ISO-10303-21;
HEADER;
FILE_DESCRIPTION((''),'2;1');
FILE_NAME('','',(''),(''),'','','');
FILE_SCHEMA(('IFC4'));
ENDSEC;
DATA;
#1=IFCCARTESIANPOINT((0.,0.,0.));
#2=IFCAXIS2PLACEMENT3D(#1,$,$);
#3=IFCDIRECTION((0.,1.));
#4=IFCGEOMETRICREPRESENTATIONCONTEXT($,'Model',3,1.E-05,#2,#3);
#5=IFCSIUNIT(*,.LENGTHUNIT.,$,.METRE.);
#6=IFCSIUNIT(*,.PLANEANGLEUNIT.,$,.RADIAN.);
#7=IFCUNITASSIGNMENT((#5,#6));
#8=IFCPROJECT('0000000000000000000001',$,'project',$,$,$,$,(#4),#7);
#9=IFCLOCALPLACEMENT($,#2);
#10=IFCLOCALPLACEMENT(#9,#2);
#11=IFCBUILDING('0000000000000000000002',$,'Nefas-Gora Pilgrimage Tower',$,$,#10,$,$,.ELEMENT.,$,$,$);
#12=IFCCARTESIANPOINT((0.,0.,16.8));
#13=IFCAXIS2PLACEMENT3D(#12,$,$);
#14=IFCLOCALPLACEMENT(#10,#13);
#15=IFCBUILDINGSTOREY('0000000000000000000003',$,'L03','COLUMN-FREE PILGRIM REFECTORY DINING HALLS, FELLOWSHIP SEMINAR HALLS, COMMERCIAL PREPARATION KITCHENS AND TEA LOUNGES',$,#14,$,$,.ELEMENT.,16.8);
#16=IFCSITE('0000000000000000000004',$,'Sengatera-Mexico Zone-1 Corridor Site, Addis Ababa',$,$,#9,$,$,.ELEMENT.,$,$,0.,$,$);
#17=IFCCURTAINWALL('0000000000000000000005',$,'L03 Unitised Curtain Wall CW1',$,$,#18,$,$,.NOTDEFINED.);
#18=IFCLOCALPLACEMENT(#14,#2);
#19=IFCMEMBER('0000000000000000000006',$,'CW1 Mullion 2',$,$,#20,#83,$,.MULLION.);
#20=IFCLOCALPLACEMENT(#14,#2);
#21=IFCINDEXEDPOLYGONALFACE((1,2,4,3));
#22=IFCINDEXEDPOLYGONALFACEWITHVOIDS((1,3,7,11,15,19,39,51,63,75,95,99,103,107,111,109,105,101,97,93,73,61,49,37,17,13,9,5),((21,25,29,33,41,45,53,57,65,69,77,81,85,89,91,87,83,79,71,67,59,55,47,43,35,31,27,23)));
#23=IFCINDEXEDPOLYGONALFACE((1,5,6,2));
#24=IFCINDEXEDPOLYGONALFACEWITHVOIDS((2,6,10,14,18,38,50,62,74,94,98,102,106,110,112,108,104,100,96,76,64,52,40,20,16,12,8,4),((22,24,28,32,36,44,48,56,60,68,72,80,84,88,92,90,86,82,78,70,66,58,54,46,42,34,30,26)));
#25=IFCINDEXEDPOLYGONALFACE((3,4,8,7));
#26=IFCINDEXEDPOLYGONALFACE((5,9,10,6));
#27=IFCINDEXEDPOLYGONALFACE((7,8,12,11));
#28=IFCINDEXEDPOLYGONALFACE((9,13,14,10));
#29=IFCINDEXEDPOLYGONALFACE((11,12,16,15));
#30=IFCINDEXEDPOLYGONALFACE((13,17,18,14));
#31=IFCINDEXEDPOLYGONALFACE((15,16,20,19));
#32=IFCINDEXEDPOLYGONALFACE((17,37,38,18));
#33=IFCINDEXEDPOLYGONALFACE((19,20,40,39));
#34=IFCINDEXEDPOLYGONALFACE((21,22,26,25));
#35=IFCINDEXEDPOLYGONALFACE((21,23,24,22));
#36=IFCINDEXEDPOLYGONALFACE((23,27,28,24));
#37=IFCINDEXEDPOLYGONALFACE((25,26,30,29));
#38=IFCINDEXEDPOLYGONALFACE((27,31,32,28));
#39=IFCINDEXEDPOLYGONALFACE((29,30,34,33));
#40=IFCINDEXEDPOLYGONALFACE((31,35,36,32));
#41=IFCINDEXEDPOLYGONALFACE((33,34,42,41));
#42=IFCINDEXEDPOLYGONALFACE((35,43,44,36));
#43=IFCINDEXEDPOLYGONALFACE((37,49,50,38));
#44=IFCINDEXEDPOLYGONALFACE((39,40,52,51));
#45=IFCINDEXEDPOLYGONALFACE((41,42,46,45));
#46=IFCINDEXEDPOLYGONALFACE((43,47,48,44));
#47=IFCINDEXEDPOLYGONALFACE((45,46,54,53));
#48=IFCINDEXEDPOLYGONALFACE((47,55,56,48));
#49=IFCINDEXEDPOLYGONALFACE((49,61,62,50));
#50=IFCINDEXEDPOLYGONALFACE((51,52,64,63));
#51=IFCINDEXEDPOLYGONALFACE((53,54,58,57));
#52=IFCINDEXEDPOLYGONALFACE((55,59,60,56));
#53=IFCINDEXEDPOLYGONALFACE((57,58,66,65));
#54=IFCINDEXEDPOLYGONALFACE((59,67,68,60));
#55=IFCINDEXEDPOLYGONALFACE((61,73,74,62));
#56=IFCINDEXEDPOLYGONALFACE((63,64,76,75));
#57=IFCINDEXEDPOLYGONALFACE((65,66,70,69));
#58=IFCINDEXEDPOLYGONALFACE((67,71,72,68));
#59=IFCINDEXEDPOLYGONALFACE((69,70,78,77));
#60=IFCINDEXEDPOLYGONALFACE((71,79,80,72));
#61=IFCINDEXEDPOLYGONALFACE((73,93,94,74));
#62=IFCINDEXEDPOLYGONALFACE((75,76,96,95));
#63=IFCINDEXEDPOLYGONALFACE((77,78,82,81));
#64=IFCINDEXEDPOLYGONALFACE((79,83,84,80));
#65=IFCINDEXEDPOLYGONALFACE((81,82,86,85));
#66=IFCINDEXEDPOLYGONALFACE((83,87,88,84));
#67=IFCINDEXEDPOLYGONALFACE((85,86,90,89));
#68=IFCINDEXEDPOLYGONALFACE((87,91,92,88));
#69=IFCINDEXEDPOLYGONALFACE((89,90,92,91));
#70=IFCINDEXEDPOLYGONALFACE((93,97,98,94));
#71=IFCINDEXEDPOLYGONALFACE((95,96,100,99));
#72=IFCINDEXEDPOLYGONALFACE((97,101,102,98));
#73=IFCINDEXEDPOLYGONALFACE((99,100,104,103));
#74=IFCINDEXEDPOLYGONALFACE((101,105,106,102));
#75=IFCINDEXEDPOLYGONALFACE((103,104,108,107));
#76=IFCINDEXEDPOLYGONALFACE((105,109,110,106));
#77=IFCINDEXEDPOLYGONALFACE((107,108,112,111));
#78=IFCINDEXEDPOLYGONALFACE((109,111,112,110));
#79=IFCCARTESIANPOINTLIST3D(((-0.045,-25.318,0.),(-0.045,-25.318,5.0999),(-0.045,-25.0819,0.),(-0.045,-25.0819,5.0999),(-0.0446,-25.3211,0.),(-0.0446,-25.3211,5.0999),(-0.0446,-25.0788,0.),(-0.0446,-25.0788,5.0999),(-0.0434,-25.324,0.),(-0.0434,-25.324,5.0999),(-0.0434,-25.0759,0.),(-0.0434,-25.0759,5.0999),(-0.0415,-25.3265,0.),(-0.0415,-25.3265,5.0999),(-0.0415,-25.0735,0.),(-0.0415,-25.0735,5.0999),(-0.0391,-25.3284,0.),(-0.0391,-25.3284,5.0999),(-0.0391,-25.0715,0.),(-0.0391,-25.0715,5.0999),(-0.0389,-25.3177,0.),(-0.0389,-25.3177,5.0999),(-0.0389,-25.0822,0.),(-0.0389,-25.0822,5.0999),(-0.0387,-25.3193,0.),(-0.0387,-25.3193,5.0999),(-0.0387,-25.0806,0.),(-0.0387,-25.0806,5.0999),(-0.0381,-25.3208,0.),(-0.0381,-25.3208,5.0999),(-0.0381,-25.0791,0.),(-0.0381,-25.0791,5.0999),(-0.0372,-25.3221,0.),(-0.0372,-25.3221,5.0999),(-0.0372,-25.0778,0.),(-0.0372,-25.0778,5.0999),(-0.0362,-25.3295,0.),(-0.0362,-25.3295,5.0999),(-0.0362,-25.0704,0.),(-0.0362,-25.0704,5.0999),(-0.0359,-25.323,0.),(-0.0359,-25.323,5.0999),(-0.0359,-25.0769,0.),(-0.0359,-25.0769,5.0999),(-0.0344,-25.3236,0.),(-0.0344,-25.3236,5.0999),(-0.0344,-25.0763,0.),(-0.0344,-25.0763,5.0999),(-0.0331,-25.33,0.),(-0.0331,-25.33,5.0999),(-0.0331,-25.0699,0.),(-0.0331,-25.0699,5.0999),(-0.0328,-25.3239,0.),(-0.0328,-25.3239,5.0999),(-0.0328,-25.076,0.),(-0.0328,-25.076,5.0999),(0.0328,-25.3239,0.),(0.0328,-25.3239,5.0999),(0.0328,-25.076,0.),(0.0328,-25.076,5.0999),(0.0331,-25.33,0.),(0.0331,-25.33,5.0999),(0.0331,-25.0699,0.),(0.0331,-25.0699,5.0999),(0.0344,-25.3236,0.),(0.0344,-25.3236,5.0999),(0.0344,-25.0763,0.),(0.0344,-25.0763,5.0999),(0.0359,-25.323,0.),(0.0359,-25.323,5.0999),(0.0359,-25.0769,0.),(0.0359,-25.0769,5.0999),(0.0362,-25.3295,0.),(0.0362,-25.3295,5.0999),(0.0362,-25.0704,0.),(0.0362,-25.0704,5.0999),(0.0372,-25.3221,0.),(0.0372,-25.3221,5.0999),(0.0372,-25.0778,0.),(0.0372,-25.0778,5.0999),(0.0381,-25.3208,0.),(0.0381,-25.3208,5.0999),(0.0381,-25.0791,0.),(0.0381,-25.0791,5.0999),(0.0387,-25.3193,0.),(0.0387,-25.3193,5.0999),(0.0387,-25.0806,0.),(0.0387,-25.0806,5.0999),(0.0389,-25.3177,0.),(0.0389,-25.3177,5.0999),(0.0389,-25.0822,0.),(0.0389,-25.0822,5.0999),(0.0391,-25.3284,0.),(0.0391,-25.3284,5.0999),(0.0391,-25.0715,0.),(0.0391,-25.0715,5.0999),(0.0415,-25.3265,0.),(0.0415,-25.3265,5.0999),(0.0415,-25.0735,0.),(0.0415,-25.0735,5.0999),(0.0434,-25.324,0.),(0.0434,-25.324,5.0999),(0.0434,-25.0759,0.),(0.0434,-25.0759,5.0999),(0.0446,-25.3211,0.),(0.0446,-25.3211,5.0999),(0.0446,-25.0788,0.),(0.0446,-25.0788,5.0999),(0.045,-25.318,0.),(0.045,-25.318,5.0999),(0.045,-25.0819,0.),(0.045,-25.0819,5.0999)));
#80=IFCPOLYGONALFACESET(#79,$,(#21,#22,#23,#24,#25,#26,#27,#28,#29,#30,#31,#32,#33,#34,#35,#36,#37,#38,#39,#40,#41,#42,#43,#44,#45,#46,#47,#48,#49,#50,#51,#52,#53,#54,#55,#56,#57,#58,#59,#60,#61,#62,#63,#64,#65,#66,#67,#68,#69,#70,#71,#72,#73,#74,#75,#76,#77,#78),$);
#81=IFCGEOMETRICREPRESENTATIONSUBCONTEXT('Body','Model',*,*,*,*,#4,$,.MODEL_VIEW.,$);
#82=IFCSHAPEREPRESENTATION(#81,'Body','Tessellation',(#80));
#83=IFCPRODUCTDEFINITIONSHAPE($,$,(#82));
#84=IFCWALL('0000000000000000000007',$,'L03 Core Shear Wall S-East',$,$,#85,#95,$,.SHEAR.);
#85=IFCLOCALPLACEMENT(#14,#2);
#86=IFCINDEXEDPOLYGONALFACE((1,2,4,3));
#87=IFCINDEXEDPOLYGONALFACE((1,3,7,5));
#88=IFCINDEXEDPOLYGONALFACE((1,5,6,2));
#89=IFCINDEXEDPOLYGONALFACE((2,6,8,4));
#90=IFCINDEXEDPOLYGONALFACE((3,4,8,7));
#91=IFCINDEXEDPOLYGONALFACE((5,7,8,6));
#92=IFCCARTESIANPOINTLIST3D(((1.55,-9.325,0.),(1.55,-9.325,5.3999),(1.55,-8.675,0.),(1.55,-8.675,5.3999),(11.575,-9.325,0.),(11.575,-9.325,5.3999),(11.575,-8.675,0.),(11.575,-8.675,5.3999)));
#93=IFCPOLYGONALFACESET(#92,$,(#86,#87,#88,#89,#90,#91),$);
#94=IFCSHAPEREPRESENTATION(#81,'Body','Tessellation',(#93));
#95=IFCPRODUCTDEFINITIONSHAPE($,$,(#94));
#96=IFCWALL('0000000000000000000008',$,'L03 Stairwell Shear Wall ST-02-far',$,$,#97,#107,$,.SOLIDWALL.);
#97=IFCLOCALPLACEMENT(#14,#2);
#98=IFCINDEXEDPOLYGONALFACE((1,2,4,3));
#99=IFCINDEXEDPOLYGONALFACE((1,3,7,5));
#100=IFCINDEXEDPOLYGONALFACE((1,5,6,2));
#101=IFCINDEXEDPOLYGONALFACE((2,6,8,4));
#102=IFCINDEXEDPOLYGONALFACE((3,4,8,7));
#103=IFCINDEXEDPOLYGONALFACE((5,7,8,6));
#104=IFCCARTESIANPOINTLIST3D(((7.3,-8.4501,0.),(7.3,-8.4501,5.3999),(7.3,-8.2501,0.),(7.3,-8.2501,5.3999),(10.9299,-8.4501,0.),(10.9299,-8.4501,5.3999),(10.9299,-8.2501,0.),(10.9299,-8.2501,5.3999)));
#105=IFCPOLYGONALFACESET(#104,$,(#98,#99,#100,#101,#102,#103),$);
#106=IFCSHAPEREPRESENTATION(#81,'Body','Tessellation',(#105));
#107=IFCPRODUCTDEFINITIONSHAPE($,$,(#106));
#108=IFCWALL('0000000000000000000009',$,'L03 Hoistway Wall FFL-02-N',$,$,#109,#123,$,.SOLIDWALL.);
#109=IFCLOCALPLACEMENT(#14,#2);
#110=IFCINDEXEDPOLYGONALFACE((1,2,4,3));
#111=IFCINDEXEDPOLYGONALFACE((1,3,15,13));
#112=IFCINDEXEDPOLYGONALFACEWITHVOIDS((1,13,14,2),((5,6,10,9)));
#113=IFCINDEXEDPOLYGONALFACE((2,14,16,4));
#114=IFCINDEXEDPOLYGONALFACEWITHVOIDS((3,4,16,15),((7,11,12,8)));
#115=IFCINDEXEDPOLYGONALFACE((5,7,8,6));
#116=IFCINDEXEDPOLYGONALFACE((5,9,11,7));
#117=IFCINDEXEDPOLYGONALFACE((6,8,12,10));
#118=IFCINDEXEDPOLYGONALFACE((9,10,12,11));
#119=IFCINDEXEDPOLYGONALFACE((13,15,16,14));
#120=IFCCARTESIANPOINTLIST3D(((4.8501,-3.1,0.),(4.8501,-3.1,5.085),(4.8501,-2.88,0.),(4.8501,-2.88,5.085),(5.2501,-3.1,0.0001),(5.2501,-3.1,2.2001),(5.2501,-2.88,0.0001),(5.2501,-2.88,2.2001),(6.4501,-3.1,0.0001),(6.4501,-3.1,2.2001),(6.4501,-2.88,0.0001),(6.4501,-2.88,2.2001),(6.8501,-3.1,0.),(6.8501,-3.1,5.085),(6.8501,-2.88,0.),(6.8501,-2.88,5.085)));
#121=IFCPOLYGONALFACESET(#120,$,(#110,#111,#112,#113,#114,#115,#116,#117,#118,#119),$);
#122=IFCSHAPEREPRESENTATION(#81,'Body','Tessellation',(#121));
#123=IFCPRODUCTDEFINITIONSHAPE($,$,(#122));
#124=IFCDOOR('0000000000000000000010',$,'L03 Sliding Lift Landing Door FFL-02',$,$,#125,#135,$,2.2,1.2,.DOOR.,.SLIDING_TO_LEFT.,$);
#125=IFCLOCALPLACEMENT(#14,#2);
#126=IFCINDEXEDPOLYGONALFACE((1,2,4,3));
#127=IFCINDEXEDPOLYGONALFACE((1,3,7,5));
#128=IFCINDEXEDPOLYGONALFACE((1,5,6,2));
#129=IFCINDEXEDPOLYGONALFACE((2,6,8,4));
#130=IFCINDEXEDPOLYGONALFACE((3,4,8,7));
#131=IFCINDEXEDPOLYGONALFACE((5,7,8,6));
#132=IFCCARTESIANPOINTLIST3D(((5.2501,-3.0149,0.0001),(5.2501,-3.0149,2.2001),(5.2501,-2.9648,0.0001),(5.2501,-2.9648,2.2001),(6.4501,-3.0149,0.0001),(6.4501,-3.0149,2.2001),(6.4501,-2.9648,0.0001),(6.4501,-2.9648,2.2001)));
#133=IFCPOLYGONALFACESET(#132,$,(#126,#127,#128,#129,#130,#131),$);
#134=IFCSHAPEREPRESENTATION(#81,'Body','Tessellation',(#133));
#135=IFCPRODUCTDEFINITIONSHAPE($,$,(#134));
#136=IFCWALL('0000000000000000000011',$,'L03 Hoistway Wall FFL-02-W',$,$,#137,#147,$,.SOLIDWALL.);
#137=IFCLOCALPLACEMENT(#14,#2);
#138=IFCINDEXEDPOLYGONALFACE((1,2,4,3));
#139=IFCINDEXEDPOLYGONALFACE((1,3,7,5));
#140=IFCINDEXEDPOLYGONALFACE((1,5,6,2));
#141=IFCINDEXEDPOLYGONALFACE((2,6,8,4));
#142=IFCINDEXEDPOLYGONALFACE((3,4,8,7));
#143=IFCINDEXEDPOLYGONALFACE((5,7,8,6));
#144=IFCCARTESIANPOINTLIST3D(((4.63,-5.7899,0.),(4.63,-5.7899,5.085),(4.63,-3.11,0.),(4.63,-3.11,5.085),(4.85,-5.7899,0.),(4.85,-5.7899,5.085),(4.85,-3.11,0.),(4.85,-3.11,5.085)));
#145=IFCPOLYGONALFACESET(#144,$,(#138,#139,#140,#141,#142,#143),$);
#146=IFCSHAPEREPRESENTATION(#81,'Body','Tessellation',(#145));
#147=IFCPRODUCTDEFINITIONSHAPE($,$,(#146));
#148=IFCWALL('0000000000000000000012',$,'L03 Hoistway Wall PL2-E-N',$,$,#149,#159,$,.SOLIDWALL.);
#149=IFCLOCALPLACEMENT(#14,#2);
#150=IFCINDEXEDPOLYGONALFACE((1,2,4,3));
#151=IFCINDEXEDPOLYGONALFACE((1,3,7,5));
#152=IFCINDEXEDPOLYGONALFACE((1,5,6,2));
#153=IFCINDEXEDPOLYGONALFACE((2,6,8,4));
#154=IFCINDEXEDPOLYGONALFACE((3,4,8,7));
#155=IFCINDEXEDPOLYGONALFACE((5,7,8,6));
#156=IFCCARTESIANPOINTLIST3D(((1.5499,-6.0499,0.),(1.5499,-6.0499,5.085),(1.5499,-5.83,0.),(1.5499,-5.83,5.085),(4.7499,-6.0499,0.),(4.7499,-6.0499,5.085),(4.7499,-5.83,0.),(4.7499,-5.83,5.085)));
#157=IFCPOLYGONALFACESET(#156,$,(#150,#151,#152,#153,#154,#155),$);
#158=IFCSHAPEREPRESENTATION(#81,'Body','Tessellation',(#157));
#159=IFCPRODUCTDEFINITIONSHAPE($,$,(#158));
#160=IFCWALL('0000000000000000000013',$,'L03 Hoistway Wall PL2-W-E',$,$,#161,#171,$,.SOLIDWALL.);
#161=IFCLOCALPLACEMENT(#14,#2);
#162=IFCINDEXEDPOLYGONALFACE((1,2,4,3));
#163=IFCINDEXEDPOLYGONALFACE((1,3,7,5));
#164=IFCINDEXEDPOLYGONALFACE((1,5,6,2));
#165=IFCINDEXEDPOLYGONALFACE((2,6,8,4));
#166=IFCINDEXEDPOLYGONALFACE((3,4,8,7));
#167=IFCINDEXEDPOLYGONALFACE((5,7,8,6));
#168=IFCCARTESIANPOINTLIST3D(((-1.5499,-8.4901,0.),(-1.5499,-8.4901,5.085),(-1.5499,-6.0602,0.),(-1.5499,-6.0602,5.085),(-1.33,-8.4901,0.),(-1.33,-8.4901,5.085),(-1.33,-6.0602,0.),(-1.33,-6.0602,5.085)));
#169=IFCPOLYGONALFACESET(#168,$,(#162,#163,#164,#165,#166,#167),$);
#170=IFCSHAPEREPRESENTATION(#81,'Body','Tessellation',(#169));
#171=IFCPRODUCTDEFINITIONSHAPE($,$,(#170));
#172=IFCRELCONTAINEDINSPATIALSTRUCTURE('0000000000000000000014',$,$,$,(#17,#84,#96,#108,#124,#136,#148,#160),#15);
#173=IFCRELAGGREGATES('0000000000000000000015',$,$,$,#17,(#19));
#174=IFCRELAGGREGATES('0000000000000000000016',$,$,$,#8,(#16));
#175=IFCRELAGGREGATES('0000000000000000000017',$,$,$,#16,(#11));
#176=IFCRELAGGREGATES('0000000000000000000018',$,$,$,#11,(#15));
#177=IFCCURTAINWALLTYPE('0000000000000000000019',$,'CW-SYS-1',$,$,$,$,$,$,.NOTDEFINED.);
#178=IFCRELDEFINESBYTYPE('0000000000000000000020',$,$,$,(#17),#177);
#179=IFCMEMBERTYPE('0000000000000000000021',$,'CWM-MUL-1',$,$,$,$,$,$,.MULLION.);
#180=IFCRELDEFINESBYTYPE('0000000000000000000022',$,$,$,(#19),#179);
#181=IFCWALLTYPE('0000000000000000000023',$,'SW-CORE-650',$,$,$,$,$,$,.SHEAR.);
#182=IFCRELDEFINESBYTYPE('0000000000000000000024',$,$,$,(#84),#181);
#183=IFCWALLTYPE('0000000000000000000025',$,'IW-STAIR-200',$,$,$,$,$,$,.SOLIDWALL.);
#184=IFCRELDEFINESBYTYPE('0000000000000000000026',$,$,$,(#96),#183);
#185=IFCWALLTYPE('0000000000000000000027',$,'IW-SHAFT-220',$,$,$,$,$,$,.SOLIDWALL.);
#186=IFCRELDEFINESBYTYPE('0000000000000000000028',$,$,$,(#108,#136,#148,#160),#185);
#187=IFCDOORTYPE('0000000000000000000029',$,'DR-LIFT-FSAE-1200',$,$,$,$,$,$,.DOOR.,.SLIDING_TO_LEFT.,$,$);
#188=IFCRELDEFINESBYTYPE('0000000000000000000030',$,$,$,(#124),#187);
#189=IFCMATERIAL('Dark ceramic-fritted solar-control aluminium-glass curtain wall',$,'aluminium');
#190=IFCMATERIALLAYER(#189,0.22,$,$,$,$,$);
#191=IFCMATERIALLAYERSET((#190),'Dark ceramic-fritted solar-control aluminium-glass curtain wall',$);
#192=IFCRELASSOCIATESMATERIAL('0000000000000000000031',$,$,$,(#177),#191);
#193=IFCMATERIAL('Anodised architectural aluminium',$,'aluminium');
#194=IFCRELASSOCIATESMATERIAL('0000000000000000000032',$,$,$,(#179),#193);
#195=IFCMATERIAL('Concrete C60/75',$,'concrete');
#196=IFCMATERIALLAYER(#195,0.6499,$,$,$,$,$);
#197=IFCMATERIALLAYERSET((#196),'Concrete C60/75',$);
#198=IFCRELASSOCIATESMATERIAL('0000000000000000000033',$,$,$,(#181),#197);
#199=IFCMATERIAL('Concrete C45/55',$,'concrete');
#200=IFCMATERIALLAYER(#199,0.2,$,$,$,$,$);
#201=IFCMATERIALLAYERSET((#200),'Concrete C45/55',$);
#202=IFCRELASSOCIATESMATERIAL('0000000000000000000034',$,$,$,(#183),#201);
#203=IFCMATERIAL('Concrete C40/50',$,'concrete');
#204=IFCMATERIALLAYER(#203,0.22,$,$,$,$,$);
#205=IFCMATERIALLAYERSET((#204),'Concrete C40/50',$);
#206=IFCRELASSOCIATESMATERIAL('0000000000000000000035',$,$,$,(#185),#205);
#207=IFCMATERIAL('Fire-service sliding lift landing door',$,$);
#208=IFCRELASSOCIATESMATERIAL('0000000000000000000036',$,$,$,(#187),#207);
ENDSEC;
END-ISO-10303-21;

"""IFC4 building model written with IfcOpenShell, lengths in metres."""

from ifc_helpers import new_model, si_unit, direction, frame, frame_2d, origin, origin_2d, place, context, subcontext, project, spatial, rectangle, hollow_rectangle, extrude, source, transform, mapped, material, layer, layer_set, material_profile, profile_set, type_object, element, fill, aggregate, save


model = new_model("IFC4")

# Units and contexts
model_context = context("Model", 3, precision=1e-05, world=origin(), true_north=direction((0.0, 1.0)))
body_context = subcontext(model_context, "Body", "Model", "MODEL_VIEW")
ifc_project = project(units=[si_unit("LENGTHUNIT", "METRE"), si_unit("PLANEANGLEUNIT", "RADIAN")], contexts=[model_context])

# Site, building, storey
site_placement = place(None, origin())
site = spatial("IfcSite", under=ifc_project, at=site_placement, Name="Sengatera-Mexico Zone-1 Corridor Site, Addis Ababa", CompositionType="ELEMENT", RefElevation=0.0)
building_placement = place(site_placement, origin())
building = spatial("IfcBuilding", under=site, at=building_placement, Name="Nefas-Gora Pilgrimage Tower", CompositionType="ELEMENT")
storey_placement = place(building_placement, frame((0.0, 0.0, 16.8)))
storey = spatial("IfcBuildingStorey", under=building, at=storey_placement, Name="L03", Description="COLUMN-FREE PILGRIM REFECTORY DINING HALLS, FELLOWSHIP SEMINAR HALLS, COMMERCIAL PREPARATION KITCHENS AND TEA LOUNGES", CompositionType="ELEMENT", Elevation=16.8)

# Curtain wall, member
ifc_material_1 = material(Name="Dark ceramic-fritted solar-control aluminium-glass curtain wall", Category="aluminium")
ifc_layer_1 = layer(ifc_material_1, 0.22)
ifc_layer_set_1 = layer_set([ifc_layer_1], Name="Dark ceramic-fritted solar-control aluminium-glass curtain wall")
curtain_wall_type = type_object("IfcCurtainWallType", Name="CW-SYS-1", PredefinedType="NOTDEFINED", material=ifc_layer_set_1)
curtain_wall_placement = place(storey_placement, origin())
curtain_wall = element("IfcCurtainWall", 1, at=curtain_wall_placement, inside=storey, type_object=curtain_wall_type, Name="L03 Unitised Curtain Wall CW1", PredefinedType="NOTDEFINED")
ifc_material_2 = material(Name="Anodised architectural aluminium", Category="aluminium")
ifc_material_profile_1 = material_profile(ifc_material_2, hollow_rectangle(XDim=0.0901, YDim=0.26, WallThickness=0.0061, InnerFilletRadius=0.0061, OuterFilletRadius=0.012, at=origin_2d()), Name="ALU MULLION 90x260")
ifc_profile_set_1 = profile_set([ifc_material_profile_1], Name="Anodised architectural aluminium")
member_type = type_object("IfcMemberType", Name="CWM-MUL-1", PredefinedType="MULLION", material=ifc_profile_set_1)
shared_shape_1 = source(origin(), body_context, "Body", "SweptSolid", [
    extrude(hollow_rectangle(XDim=0.0901, YDim=0.26, WallThickness=0.0061, InnerFilletRadius=0.0061, OuterFilletRadius=0.012, at=origin_2d()), origin(), (0.0, 0.0, 1.0), 5.0999),
])
member_placement = place(storey_placement, frame((0.0, -25.2, 0.0), z_axis=(0.0, 0.0, 1.0), x_axis=(1.0, 0.0, 0.0)))
member = element("IfcMember", 2, at=member_placement, type_object=member_type, Name="CW1 Mullion 2", PredefinedType="MULLION", context=body_context, shape_type="MappedRepresentation", body=[
    mapped(shared_shape_1, transform((0.0, 0.0, 0.0), x_axis=(1.0, 0.0, 0.0), y_axis=(0.0, 1.0, 0.0), z_axis=(0.0, 0.0, 1.0), scale=1.0)),
])
aggregate(curtain_wall, [member])

# Walls
ifc_material_3 = material(Name="Concrete C60/75", Category="concrete")
ifc_layer_2 = layer(ifc_material_3, 0.6499)
ifc_layer_set_2 = layer_set([ifc_layer_2], Name="Concrete C60/75")
wall_type_1 = type_object("IfcWallType", Name="SW-CORE-650", PredefinedType="SHEAR", material=ifc_layer_set_2)
shared_shape_2 = source(origin(), body_context, "Body", "SweptSolid", [
    extrude(rectangle(XDim=10.0249, YDim=0.6499, at=frame_2d((5.0125, 0.0))), origin(), (0.0, 0.0, 1.0), 5.3999),
])
wall_1_placement = place(storey_placement, frame((1.55, -9.0, 0.0), z_axis=(0.0, 0.0, 1.0), x_axis=(1.0, 0.0, 0.0)))
element("IfcWall", 3, at=wall_1_placement, inside=storey, type_object=wall_type_1, Name="L03 Core Shear Wall S-East", PredefinedType="SHEAR", context=body_context, shape_type="MappedRepresentation", body=[
    mapped(shared_shape_2, transform((0.0, 0.0, 0.0), x_axis=(1.0, 0.0, 0.0), y_axis=(0.0, 1.0, 0.0), z_axis=(0.0, 0.0, 1.0), scale=1.0)),
])
ifc_material_4 = material(Name="Concrete C45/55", Category="concrete")
ifc_layer_3 = layer(ifc_material_4, 0.2)
ifc_layer_set_3 = layer_set([ifc_layer_3], Name="Concrete C45/55")
wall_type_2 = type_object("IfcWallType", Name="IW-STAIR-200", PredefinedType="SOLIDWALL", material=ifc_layer_set_3)
shared_shape_3 = source(origin(), body_context, "Body", "SweptSolid", [
    extrude(rectangle(XDim=3.6299, YDim=0.2, at=frame_2d((1.8149, 0.0))), origin(), (0.0, 0.0, 1.0), 5.3999),
])
wall_2_placement = place(storey_placement, frame((7.3, -8.3501, 0.0), z_axis=(0.0, 0.0, 1.0), x_axis=(1.0, 0.0, 0.0)))
element("IfcWall", 4, at=wall_2_placement, inside=storey, type_object=wall_type_2, Name="L03 Stairwell Shear Wall ST-02-far", PredefinedType="SOLIDWALL", context=body_context, shape_type="MappedRepresentation", body=[
    mapped(shared_shape_3, transform((0.0, 0.0, 0.0), x_axis=(1.0, 0.0, 0.0), y_axis=(0.0, 1.0, 0.0), z_axis=(0.0, 0.0, 1.0), scale=1.0)),
])

# Wall, opening, door
ifc_material_5 = material(Name="Concrete C40/50", Category="concrete")
ifc_layer_4 = layer(ifc_material_5, 0.22)
ifc_layer_set_4 = layer_set([ifc_layer_4], Name="Concrete C40/50")
wall_type_3 = type_object("IfcWallType", Name="IW-SHAFT-220", PredefinedType="SOLIDWALL", material=ifc_layer_set_4)
shared_shape_4 = source(origin(), body_context, "Body", "SweptSolid", [
    extrude(rectangle(XDim=2.0, YDim=0.22, at=frame_2d((1.0, 0.0))), origin(), (0.0, 0.0, 1.0), 5.085),
])
wall_3_placement = place(storey_placement, frame((6.8501, -2.99, 0.0), z_axis=(0.0, 0.0, 1.0), x_axis=(-1.0, 0.0, 0.0)))
wall_3 = element("IfcWall", 5, at=wall_3_placement, inside=storey, type_object=wall_type_3, Name="L03 Hoistway Wall FFL-02-N", PredefinedType="SOLIDWALL", context=body_context, shape_type="MappedRepresentation", body=[
    mapped(shared_shape_4, transform((0.0, 0.0, 0.0), x_axis=(1.0, 0.0, 0.0), y_axis=(0.0, 1.0, 0.0), z_axis=(0.0, 0.0, 1.0), scale=1.0)),
])
opening_1_placement = place(wall_3_placement, frame((0.3999, 0.0, 0.0)))
opening_1 = element("IfcOpeningElement", 6, at=opening_1_placement, cuts=wall_3, PredefinedType="OPENING", context=body_context, shape_type="SweptSolid", body=[
    extrude(rectangle(XDim=1.2, YDim=2.2, at=frame_2d((0.6001, 1.1001))), frame((0.0, 0.1199, 0.0), z_axis=(0.0, -1.0, 0.0), x_axis=(1.0, 0.0, 0.0)), (0.0, 0.0, 1.0), 0.24),
])
ifc_material_6 = material(Name="Fire-service sliding lift landing door")
door_type_1 = type_object("IfcDoorType", Name="DR-LIFT-FSAE-1200", OperationType="SLIDING_TO_LEFT", PredefinedType="DOOR", material=ifc_material_6)
shared_shape_5 = source(origin(), body_context, "Body", "SweptSolid", [
    extrude(rectangle(XDim=1.2, YDim=2.2, at=frame_2d((0.6001, 1.1001))), frame((0.0, 0.0249, 0.0), z_axis=(0.0, -1.0, 0.0), x_axis=(1.0, 0.0, 0.0)), (0.0, 0.0, 1.0), 0.05),
])
door_1_placement = place(opening_1_placement, origin())
door_1 = element("IfcDoor", 7, at=door_1_placement, inside=storey, type_object=door_type_1, Name="L03 Sliding Lift Landing Door FFL-02", OperationType="SLIDING_TO_LEFT", OverallHeight=2.2, OverallWidth=1.2, PredefinedType="DOOR", context=body_context, shape_type="MappedRepresentation", body=[
    mapped(shared_shape_5, transform((0.0, 0.0, 0.0), x_axis=(1.0, 0.0, 0.0), y_axis=(0.0, 1.0, 0.0), z_axis=(0.0, 0.0, 1.0), scale=1.0)),
])
fill(opening_1, door_1)

# Walls
shared_shape_6 = source(origin(), body_context, "Body", "SweptSolid", [
    extrude(rectangle(XDim=2.6799, YDim=0.22, at=frame_2d((1.3398, 0.0))), origin(), (0.0, 0.0, 1.0), 5.085),
])
wall_4_placement = place(storey_placement, frame((4.74, -3.1101, 0.0), z_axis=(0.0, 0.0, 1.0), x_axis=(0.0, -1.0, 0.0)))
element("IfcWall", 8, at=wall_4_placement, inside=storey, type_object=wall_type_3, Name="L03 Hoistway Wall FFL-02-W", PredefinedType="SOLIDWALL", context=body_context, shape_type="MappedRepresentation", body=[
    mapped(shared_shape_6, transform((0.0, 0.0, 0.0), x_axis=(1.0, 0.0, 0.0), y_axis=(0.0, 1.0, 0.0), z_axis=(0.0, 0.0, 1.0), scale=1.0)),
])
shared_shape_7 = source(origin(), body_context, "Body", "SweptSolid", [
    extrude(rectangle(XDim=3.2, YDim=0.22, at=frame_2d((1.6001, 0.0))), origin(), (0.0, 0.0, 1.0), 5.085),
])
wall_5_placement = place(storey_placement, frame((4.75, -5.9399, 0.0), z_axis=(0.0, 0.0, 1.0), x_axis=(-1.0, 0.0, 0.0)))
element("IfcWall", 9, at=wall_5_placement, inside=storey, type_object=wall_type_3, Name="L03 Hoistway Wall PL2-E-N", PredefinedType="SOLIDWALL", context=body_context, shape_type="MappedRepresentation", body=[
    mapped(shared_shape_7, transform((0.0, 0.0, 0.0), x_axis=(1.0, 0.0, 0.0), y_axis=(0.0, 1.0, 0.0), z_axis=(0.0, 0.0, 1.0), scale=1.0)),
])
shared_shape_8 = source(origin(), body_context, "Body", "SweptSolid", [
    extrude(rectangle(XDim=2.4299, YDim=0.22, at=frame_2d((1.2148, 0.0))), origin(), (0.0, 0.0, 1.0), 5.085),
])
for number, where, z_axis, x_axis, name in (
    (10, (-1.4399, -8.49, 0.0), (0.0, 0.0, 1.0), (0.0, 1.0, 0.0), "L03 Hoistway Wall PL2-W-E"),
):
    element("IfcWall", number, at=place(storey_placement, frame(where, z_axis=z_axis, x_axis=x_axis)), inside=storey, type_object=wall_type_3, Name=name, PredefinedType="SOLIDWALL", context=body_context, shape_type="MappedRepresentation", body=[
        mapped(shared_shape_8, transform((0.0, 0.0, 0.0), x_axis=(1.0, 0.0, 0.0), y_axis=(0.0, 1.0, 0.0), z_axis=(0.0, 0.0, 1.0), scale=1.0)),
    ])

save(model, "model.ifc")
